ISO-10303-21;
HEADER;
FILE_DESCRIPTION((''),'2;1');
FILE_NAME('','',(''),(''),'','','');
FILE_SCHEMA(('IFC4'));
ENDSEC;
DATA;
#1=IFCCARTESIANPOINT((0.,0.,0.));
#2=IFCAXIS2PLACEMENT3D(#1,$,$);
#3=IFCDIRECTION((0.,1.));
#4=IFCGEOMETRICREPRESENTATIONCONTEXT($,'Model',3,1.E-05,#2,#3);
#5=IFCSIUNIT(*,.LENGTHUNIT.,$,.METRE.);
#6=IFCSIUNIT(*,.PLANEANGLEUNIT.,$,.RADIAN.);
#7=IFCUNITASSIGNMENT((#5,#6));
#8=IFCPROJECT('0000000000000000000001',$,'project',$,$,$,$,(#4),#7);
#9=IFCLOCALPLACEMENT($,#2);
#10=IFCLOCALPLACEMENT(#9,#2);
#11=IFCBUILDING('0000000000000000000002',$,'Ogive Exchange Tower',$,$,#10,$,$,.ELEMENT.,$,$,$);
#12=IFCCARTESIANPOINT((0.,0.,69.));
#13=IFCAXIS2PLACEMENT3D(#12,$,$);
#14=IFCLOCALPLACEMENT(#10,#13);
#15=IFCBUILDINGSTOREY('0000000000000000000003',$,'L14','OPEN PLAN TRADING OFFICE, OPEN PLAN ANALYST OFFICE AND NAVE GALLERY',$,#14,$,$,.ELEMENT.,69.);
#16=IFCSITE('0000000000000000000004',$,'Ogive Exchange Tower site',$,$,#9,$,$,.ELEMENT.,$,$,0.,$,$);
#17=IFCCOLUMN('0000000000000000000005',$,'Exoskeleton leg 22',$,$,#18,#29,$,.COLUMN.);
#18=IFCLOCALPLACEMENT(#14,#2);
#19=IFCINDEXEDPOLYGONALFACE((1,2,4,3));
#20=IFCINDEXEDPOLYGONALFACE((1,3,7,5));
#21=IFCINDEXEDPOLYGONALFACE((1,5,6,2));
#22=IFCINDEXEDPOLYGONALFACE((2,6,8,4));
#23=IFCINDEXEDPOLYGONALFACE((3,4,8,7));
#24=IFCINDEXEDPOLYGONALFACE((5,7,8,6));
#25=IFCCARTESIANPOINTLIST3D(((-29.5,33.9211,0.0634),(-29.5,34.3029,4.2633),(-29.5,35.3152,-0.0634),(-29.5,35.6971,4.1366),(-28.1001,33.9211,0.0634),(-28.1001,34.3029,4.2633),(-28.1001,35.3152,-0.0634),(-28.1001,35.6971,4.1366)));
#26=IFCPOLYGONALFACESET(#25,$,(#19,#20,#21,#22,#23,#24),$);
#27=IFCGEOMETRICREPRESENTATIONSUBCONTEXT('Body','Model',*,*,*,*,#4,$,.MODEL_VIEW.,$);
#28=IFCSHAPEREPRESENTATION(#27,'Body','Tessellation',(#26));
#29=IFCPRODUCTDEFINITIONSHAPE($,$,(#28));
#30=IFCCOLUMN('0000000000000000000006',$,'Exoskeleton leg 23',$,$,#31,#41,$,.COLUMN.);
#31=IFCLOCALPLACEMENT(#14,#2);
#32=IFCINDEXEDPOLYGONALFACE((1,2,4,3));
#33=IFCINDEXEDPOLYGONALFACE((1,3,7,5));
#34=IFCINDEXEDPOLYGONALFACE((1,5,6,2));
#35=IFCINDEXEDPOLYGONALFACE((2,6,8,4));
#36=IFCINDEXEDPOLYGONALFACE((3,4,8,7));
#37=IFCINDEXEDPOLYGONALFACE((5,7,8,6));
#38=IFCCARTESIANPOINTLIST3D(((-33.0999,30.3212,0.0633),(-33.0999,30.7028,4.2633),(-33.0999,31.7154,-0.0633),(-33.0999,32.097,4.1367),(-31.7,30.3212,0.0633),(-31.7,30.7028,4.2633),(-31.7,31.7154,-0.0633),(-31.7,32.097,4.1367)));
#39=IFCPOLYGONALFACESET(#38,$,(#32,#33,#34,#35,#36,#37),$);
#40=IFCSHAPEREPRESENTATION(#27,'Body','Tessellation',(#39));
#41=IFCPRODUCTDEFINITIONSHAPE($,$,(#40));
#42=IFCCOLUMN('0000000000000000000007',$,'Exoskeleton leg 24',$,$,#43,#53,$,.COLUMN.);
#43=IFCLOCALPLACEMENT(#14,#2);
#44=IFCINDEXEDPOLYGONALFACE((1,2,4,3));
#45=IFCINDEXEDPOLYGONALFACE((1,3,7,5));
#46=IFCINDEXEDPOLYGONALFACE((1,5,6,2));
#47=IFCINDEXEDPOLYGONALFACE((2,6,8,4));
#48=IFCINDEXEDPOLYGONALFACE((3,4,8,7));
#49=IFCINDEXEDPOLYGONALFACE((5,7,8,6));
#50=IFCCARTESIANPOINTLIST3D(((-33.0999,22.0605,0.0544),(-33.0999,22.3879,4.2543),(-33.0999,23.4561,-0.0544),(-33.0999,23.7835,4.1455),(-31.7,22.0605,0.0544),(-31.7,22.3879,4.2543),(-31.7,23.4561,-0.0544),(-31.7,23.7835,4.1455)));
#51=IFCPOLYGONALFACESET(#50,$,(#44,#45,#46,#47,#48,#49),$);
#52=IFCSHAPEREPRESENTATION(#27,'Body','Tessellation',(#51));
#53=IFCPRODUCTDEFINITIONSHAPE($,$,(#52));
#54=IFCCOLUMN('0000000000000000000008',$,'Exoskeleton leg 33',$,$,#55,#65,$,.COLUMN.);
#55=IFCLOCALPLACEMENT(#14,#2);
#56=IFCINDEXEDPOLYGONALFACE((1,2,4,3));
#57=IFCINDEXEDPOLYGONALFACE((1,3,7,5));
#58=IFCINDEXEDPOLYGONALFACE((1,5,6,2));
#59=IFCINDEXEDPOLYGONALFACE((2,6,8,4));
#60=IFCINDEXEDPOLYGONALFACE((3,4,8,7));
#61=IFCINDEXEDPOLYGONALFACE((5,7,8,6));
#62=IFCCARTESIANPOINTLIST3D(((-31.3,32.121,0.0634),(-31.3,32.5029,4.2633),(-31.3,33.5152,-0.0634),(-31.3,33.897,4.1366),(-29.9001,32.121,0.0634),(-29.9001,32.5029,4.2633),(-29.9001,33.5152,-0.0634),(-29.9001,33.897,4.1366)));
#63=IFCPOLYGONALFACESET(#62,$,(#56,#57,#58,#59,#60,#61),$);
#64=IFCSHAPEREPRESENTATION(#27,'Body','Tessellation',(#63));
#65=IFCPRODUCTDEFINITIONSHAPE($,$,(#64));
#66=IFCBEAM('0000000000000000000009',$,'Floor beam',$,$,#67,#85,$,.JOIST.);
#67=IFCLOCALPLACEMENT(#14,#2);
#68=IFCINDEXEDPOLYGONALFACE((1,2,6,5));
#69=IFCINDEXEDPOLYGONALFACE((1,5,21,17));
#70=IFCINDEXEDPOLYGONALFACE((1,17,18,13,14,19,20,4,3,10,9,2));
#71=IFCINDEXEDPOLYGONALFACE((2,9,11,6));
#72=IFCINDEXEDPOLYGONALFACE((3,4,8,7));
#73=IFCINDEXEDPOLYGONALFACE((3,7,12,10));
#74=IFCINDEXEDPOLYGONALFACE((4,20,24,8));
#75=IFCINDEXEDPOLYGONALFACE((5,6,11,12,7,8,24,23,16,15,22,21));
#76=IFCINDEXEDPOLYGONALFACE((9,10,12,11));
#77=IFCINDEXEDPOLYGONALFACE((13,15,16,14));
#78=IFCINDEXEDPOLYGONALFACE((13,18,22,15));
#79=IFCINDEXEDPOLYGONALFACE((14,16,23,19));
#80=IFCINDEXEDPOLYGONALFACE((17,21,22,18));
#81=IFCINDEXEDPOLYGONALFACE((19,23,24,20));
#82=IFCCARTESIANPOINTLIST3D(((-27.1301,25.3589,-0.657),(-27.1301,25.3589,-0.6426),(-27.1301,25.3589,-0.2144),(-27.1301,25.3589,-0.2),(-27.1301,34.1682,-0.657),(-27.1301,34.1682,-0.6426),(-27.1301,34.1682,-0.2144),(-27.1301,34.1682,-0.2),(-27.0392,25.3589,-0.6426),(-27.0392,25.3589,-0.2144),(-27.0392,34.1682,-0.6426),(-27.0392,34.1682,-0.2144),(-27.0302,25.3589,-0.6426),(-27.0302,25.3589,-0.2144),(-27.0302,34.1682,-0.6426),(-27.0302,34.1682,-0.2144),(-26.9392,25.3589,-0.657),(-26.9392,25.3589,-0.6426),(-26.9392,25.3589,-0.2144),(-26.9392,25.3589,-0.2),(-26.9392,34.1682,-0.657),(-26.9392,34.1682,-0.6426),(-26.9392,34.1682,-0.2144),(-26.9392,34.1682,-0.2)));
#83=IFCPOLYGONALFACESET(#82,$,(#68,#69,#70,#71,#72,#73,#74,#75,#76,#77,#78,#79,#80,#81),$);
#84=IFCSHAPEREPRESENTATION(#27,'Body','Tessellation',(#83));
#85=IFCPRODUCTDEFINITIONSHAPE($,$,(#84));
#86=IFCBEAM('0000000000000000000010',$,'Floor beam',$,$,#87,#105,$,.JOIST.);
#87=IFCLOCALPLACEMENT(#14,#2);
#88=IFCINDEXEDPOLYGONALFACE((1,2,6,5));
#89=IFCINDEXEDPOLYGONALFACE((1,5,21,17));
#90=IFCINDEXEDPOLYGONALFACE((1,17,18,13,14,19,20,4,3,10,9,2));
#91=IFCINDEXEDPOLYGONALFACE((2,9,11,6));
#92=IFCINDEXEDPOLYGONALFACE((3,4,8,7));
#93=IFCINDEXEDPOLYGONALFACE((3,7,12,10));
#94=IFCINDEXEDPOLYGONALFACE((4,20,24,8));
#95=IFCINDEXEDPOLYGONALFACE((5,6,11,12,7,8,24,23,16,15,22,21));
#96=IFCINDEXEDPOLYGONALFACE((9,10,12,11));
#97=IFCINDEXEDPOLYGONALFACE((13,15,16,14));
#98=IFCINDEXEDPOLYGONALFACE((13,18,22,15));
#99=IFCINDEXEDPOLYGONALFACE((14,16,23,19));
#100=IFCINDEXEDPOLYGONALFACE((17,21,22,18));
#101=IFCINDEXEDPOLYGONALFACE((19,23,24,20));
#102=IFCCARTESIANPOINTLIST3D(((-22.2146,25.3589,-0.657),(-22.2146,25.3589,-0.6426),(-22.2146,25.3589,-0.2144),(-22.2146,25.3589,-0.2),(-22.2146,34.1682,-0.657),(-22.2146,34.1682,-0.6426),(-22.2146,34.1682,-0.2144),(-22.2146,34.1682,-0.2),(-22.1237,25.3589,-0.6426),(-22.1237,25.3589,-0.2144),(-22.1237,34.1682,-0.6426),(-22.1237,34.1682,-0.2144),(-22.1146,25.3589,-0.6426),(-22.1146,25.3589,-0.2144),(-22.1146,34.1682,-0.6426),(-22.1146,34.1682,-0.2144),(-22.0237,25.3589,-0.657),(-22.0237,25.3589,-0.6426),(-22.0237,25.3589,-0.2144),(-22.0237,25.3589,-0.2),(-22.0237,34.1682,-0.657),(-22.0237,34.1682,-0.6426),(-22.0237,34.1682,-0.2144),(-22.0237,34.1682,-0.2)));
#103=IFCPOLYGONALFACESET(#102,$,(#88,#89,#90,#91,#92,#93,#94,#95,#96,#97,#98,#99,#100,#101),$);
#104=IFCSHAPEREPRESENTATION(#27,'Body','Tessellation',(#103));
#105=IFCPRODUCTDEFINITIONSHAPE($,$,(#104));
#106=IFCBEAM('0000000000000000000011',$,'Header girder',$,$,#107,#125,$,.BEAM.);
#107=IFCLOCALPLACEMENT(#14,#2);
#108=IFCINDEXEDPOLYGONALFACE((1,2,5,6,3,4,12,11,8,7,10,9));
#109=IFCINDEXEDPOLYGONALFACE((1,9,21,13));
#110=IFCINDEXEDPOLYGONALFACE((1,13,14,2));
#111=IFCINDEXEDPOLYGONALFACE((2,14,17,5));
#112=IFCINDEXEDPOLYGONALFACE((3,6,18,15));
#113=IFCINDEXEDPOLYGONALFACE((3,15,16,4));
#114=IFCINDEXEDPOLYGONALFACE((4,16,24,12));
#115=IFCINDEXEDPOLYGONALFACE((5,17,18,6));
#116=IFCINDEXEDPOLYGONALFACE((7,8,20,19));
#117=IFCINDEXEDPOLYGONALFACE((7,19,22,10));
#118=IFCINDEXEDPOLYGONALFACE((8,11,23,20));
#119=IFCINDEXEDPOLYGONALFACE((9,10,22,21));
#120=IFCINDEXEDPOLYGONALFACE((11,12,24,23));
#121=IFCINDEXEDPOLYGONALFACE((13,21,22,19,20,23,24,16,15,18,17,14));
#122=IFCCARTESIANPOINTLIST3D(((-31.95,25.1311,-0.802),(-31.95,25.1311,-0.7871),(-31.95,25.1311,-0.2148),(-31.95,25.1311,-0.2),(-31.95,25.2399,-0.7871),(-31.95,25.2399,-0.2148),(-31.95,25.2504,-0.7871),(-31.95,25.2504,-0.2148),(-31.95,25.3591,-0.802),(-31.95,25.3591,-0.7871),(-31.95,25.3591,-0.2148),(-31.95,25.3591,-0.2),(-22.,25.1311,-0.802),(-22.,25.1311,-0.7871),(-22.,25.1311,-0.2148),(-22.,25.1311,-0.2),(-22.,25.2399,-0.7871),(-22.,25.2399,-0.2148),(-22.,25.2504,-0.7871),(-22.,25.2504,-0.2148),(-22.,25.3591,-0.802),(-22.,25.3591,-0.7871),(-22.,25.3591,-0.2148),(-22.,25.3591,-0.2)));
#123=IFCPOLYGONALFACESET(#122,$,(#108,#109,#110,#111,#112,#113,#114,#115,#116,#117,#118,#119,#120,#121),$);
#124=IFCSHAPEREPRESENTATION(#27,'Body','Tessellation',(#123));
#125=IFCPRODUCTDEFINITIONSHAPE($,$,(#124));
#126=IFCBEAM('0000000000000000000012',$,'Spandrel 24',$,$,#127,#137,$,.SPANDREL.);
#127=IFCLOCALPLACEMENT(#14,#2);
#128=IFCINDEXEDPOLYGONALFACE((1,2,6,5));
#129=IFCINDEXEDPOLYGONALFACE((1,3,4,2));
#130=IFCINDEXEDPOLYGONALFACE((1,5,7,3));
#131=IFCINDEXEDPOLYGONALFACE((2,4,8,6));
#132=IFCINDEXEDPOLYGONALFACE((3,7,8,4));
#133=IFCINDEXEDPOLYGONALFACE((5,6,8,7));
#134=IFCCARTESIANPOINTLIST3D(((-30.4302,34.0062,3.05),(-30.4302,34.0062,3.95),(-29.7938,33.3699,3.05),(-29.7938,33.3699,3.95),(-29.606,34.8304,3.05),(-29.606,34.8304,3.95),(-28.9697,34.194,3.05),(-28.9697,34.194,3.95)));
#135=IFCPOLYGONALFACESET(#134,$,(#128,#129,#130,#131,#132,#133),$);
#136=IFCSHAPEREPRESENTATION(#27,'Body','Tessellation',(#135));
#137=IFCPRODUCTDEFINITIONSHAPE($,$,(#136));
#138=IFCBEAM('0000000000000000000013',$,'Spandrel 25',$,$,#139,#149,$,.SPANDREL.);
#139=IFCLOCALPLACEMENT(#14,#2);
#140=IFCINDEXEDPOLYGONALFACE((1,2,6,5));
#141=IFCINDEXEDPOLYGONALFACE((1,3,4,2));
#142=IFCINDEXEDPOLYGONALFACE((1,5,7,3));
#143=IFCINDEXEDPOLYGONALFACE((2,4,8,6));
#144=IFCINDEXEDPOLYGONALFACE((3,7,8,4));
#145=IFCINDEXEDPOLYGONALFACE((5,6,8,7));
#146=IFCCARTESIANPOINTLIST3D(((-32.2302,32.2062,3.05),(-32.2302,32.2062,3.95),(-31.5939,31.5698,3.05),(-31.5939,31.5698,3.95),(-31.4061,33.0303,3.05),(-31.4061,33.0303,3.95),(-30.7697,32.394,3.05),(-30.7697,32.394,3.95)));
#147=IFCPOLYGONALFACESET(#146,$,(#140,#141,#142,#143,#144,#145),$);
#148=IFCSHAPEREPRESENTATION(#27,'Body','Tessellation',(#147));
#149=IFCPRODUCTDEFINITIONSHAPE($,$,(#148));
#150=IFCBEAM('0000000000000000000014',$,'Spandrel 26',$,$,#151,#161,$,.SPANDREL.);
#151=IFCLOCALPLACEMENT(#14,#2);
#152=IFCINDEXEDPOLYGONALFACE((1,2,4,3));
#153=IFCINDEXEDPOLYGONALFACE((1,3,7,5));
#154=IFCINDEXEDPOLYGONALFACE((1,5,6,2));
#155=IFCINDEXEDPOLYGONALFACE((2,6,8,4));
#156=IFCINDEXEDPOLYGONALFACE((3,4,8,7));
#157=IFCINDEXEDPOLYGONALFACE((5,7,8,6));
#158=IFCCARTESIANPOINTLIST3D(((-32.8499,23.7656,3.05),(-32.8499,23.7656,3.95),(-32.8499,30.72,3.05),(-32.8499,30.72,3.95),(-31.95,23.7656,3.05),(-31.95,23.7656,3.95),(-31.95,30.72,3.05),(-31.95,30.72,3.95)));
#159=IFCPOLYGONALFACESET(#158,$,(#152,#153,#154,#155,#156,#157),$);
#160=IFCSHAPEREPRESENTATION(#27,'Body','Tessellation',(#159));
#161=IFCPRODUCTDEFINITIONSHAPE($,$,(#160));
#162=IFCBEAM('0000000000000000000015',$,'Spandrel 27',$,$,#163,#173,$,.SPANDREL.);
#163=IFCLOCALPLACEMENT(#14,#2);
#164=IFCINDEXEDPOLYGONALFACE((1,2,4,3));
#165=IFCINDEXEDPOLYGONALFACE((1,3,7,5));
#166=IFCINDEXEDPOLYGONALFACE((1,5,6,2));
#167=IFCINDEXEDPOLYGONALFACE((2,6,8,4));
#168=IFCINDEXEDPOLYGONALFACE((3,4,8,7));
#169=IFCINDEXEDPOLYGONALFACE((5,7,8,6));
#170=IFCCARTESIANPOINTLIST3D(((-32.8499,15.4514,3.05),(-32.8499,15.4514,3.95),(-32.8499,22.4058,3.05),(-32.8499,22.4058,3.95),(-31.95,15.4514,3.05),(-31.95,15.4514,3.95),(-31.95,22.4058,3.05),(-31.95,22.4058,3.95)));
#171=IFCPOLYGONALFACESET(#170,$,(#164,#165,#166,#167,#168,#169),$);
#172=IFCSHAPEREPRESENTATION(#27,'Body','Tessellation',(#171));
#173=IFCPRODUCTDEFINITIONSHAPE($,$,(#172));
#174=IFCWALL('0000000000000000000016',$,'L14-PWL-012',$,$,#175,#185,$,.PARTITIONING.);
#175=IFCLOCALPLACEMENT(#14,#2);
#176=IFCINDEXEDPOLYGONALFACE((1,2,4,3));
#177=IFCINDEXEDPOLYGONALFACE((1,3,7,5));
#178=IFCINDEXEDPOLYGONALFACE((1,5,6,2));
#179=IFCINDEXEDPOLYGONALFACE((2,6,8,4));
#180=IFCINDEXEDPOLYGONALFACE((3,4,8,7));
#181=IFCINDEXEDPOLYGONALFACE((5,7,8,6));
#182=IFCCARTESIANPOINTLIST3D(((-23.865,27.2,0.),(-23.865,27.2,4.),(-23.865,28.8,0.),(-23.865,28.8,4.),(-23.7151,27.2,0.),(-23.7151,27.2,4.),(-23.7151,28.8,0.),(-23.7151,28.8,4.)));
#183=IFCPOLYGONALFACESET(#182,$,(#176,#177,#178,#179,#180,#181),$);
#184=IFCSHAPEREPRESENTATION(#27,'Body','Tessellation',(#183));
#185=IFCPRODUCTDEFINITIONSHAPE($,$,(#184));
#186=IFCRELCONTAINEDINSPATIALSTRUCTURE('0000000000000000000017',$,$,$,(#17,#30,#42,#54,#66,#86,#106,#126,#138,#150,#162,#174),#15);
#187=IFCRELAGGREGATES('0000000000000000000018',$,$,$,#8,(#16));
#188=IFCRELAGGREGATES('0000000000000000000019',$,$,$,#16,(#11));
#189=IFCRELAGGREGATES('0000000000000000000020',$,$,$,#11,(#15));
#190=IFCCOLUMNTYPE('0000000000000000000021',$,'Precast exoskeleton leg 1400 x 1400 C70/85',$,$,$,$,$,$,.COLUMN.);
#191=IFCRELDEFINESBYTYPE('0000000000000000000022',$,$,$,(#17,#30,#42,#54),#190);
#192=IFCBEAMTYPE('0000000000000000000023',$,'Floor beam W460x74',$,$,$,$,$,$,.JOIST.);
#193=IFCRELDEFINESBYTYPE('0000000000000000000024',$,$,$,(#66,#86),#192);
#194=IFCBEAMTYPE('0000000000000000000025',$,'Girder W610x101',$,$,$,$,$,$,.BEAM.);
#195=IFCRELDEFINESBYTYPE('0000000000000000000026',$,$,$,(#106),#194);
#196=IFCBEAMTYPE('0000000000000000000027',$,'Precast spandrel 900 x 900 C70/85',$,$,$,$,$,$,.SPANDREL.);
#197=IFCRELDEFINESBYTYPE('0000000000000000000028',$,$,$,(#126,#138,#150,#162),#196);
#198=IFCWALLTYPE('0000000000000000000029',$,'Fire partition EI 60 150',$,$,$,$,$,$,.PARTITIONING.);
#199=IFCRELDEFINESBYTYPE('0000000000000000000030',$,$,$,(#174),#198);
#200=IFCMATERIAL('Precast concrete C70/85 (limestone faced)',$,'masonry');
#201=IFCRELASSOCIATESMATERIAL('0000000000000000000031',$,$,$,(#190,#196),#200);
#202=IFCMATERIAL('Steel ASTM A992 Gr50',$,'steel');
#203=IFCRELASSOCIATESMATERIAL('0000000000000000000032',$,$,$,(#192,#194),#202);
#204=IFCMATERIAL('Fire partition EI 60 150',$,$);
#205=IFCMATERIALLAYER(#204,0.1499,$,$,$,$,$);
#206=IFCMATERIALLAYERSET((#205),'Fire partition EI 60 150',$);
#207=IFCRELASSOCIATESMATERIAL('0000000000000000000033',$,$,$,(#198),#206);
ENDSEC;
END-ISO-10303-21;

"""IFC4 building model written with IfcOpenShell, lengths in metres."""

from ifc_helpers import new_model, si_unit, direction, frame, frame_2d, origin, origin_2d, place, context, subcontext, project, spatial, rectangle, i_section, extrude, material, layer, layer_set, material_profile, profile_set, type_object, element, save


model = new_model("IFC4")

# Units and contexts
model_context = context("Model", 3, precision=1e-05, world=origin(), true_north=direction((0.0, 1.0)))
body_context = subcontext(model_context, "Body", "Model", "MODEL_VIEW")
ifc_project = project(units=[si_unit("LENGTHUNIT", "METRE"), si_unit("PLANEANGLEUNIT", "RADIAN")], contexts=[model_context])

# Site, building, storey
site_placement = place(None, origin())
site = spatial("IfcSite", under=ifc_project, at=site_placement, Name="Ogive Exchange Tower site", CompositionType="ELEMENT", RefElevation=0.0)
building_placement = place(site_placement, origin())
building = spatial("IfcBuilding", under=site, at=building_placement, Name="Ogive Exchange Tower", CompositionType="ELEMENT")
storey_placement = place(building_placement, frame((0.0, 0.0, 69.0)))
storey = spatial("IfcBuildingStorey", under=building, at=storey_placement, Name="L14", Description="OPEN PLAN TRADING OFFICE, OPEN PLAN ANALYST OFFICE AND NAVE GALLERY", CompositionType="ELEMENT", Elevation=69.0)

# Columns
ifc_material_1 = material(Name="Precast concrete C70/85 (limestone faced)", Category="masonry")
ifc_material_profile_1 = material_profile(ifc_material_1, rectangle(XDim=1.3999, YDim=1.3999, at=origin_2d()), Name="1400 x 1400")
ifc_profile_set_1 = profile_set([ifc_material_profile_1], Name="Precast concrete C70/85 (limestone faced)")
column_type = type_object("IfcColumnType", Name="Precast exoskeleton leg 1400 x 1400 C70/85", PredefinedType="COLUMN", material=ifc_profile_set_1)
for number, where, z_axis, x_axis, name in (
    (1, (-28.8, 34.6182, 0.0), (0.0, 0.090541, 0.995893), (-1.0, 0.0, 0.0), "Exoskeleton leg 22"),
    (2, (-32.3999, 31.0183, 0.0), (0.0, 0.090484, 0.995898), (-1.0, 0.0, 0.0), "Exoskeleton leg 23"),
):
    element("IfcColumn", number, at=place(storey_placement, frame(where, z_axis=z_axis, x_axis=x_axis)), inside=storey, type_object=column_type, Name=name, PredefinedType="COLUMN", context=body_context, shape_type="SweptSolid", body=[
        extrude(rectangle(XDim=1.3999, YDim=1.3999, at=origin_2d()), origin(), (0.0, 0.0, 1.0), 4.2173),
    ])
column_1_placement = place(storey_placement, frame((-32.3999, 22.7583, 0.0), z_axis=(0.0, 0.077716, 0.996976), x_axis=(-1.0, 0.0, 0.0)))
element("IfcColumn", 3, at=column_1_placement, inside=storey, type_object=column_type, Name="Exoskeleton leg 24", PredefinedType="COLUMN", context=body_context, shape_type="SweptSolid", body=[
    extrude(rectangle(XDim=1.3999, YDim=1.3999, at=origin_2d()), origin(), (0.0, 0.0, 1.0), 4.2126),
])
column_2_placement = place(storey_placement, frame((-30.6001, 32.8181, 0.0), z_axis=(0.0, 0.090541, 0.995893), x_axis=(-1.0, 0.0, 0.0)))
element("IfcColumn", 4, at=column_2_placement, inside=storey, type_object=column_type, Name="Exoskeleton leg 33", PredefinedType="COLUMN", context=body_context, shape_type="SweptSolid", body=[
    extrude(rectangle(XDim=1.3999, YDim=1.3999, at=origin_2d()), origin(), (0.0, 0.0, 1.0), 4.2173),
])

# Beams
ifc_material_2 = material(Name="Steel ASTM A992 Gr50", Category="steel")
ifc_material_profile_2 = material_profile(ifc_material_2, i_section(OverallWidth=0.1909, OverallDepth=0.457, WebThickness=0.009, FlangeThickness=0.0144, at=origin_2d()), Name="W460x74")
ifc_profile_set_2 = profile_set([ifc_material_profile_2], Name="Steel ASTM A992 Gr50")
beam_type_1 = type_object("IfcBeamType", Name="Floor beam W460x74", PredefinedType="JOIST", material=ifc_profile_set_2)
for number, where, z_axis, x_axis, name in (
    (5, (-27.0347, 25.3589, -0.4285), (0.0, 1.0, 0.0), (-1.0, 0.0, 0.0), "Floor beam"),
    (6, (-22.1191, 25.3589, -0.4285), (0.0, 1.0, 0.0), (-1.0, 0.0, 0.0), "Floor beam"),
):
    element("IfcBeam", number, at=place(storey_placement, frame(where, z_axis=z_axis, x_axis=x_axis)), inside=storey, type_object=beam_type_1, Name=name, PredefinedType="JOIST", context=body_context, shape_type="SweptSolid", body=[
        extrude(i_section(OverallWidth=0.1909, OverallDepth=0.457, WebThickness=0.009, FlangeThickness=0.0144, at=origin_2d()), origin(), (0.0, 0.0, 1.0), 8.8093),
    ])
ifc_material_profile_3 = material_profile(ifc_material_2, i_section(OverallWidth=0.228, OverallDepth=0.6021, WebThickness=0.0105, FlangeThickness=0.0149, at=origin_2d()), Name="W610x101")
ifc_profile_set_3 = profile_set([ifc_material_profile_3], Name="Steel ASTM A992 Gr50")
beam_type_2 = type_object("IfcBeamType", Name="Girder W610x101", PredefinedType="BEAM", material=ifc_profile_set_3)
beam_placement = place(storey_placement, frame((-31.95, 25.2451, -0.501), z_axis=(1.0, 0.0, 0.0), x_axis=(0.0, 1.0, 0.0)))
element("IfcBeam", 7, at=beam_placement, inside=storey, type_object=beam_type_2, Name="Header girder", PredefinedType="BEAM", context=body_context, shape_type="SweptSolid", body=[
    extrude(i_section(OverallWidth=0.228, OverallDepth=0.6021, WebThickness=0.0105, FlangeThickness=0.0149, at=origin_2d()), origin(), (0.0, 0.0, 1.0), 9.95),
])
ifc_material_profile_4 = material_profile(ifc_material_1, rectangle(XDim=0.8999, YDim=0.8999, at=origin_2d()), Name="900 x 900")
ifc_profile_set_4 = profile_set([ifc_material_profile_4], Name="Precast concrete C70/85 (limestone faced)")
beam_type_3 = type_object("IfcBeamType", Name="Precast spandrel 900 x 900 C70/85", PredefinedType="SPANDREL", material=ifc_profile_set_4)
for number, where, z_axis, x_axis, name in (
    (8, (-29.2878, 34.5122, 3.5), (-0.707107, -0.707107, 0.0), (0.707107, -0.707107, 0.0), "Spandrel 24"),
    (9, (-31.0879, 32.7122, 3.5), (-0.707107, -0.707107, 0.0), (0.707107, -0.707107, 0.0), "Spandrel 25"),
):
    element("IfcBeam", number, at=place(storey_placement, frame(where, z_axis=z_axis, x_axis=x_axis)), inside=storey, type_object=beam_type_3, Name=name, PredefinedType="SPANDREL", context=body_context, shape_type="SweptSolid", body=[
        extrude(rectangle(XDim=0.8999, YDim=0.8999, at=origin_2d()), origin(), (0.0, 0.0, 1.0), 1.1655),
    ])
for number, where, z_axis, x_axis, name in (
    (10, (-32.3999, 30.72, 3.5), (0.0, -1.0, 0.0), (1.0, 0.0, 0.0), "Spandrel 26"),
    (11, (-32.3999, 22.4058, 3.5), (0.0, -1.0, 0.0), (1.0, 0.0, 0.0), "Spandrel 27"),
):
    element("IfcBeam", number, at=place(storey_placement, frame(where, z_axis=z_axis, x_axis=x_axis)), inside=storey, type_object=beam_type_3, Name=name, PredefinedType="SPANDREL", context=body_context, shape_type="SweptSolid", body=[
        extrude(rectangle(XDim=0.8999, YDim=0.8999, at=origin_2d()), origin(), (0.0, 0.0, 1.0), 6.9543),
    ])

# Wall
ifc_material_3 = material(Name="Fire partition EI 60 150")
ifc_layer_1 = layer(ifc_material_3, 0.1499)
ifc_layer_set_1 = layer_set([ifc_layer_1], Name="Fire partition EI 60 150")
wall_type_1 = type_object("IfcWallType", Name="Fire partition EI 60 150", PredefinedType="PARTITIONING", material=ifc_layer_set_1)
wall_1_placement = place(storey_placement, frame((-23.79, 27.2, 0.0), z_axis=(0.0, 0.0, 1.0), x_axis=(0.0, 1.0, 0.0)))
element("IfcWall", 12, at=wall_1_placement, inside=storey, type_object=wall_type_1, Name="L14-PWL-012", PredefinedType="PARTITIONING", context=body_context, shape_type="SweptSolid", body=[
    extrude(rectangle(XDim=1.6001, YDim=0.1499, at=frame_2d((0.8, 0.0))), origin(), (0.0, 0.0, 1.0), 4.0),
])

save(model, "model.ifc")
